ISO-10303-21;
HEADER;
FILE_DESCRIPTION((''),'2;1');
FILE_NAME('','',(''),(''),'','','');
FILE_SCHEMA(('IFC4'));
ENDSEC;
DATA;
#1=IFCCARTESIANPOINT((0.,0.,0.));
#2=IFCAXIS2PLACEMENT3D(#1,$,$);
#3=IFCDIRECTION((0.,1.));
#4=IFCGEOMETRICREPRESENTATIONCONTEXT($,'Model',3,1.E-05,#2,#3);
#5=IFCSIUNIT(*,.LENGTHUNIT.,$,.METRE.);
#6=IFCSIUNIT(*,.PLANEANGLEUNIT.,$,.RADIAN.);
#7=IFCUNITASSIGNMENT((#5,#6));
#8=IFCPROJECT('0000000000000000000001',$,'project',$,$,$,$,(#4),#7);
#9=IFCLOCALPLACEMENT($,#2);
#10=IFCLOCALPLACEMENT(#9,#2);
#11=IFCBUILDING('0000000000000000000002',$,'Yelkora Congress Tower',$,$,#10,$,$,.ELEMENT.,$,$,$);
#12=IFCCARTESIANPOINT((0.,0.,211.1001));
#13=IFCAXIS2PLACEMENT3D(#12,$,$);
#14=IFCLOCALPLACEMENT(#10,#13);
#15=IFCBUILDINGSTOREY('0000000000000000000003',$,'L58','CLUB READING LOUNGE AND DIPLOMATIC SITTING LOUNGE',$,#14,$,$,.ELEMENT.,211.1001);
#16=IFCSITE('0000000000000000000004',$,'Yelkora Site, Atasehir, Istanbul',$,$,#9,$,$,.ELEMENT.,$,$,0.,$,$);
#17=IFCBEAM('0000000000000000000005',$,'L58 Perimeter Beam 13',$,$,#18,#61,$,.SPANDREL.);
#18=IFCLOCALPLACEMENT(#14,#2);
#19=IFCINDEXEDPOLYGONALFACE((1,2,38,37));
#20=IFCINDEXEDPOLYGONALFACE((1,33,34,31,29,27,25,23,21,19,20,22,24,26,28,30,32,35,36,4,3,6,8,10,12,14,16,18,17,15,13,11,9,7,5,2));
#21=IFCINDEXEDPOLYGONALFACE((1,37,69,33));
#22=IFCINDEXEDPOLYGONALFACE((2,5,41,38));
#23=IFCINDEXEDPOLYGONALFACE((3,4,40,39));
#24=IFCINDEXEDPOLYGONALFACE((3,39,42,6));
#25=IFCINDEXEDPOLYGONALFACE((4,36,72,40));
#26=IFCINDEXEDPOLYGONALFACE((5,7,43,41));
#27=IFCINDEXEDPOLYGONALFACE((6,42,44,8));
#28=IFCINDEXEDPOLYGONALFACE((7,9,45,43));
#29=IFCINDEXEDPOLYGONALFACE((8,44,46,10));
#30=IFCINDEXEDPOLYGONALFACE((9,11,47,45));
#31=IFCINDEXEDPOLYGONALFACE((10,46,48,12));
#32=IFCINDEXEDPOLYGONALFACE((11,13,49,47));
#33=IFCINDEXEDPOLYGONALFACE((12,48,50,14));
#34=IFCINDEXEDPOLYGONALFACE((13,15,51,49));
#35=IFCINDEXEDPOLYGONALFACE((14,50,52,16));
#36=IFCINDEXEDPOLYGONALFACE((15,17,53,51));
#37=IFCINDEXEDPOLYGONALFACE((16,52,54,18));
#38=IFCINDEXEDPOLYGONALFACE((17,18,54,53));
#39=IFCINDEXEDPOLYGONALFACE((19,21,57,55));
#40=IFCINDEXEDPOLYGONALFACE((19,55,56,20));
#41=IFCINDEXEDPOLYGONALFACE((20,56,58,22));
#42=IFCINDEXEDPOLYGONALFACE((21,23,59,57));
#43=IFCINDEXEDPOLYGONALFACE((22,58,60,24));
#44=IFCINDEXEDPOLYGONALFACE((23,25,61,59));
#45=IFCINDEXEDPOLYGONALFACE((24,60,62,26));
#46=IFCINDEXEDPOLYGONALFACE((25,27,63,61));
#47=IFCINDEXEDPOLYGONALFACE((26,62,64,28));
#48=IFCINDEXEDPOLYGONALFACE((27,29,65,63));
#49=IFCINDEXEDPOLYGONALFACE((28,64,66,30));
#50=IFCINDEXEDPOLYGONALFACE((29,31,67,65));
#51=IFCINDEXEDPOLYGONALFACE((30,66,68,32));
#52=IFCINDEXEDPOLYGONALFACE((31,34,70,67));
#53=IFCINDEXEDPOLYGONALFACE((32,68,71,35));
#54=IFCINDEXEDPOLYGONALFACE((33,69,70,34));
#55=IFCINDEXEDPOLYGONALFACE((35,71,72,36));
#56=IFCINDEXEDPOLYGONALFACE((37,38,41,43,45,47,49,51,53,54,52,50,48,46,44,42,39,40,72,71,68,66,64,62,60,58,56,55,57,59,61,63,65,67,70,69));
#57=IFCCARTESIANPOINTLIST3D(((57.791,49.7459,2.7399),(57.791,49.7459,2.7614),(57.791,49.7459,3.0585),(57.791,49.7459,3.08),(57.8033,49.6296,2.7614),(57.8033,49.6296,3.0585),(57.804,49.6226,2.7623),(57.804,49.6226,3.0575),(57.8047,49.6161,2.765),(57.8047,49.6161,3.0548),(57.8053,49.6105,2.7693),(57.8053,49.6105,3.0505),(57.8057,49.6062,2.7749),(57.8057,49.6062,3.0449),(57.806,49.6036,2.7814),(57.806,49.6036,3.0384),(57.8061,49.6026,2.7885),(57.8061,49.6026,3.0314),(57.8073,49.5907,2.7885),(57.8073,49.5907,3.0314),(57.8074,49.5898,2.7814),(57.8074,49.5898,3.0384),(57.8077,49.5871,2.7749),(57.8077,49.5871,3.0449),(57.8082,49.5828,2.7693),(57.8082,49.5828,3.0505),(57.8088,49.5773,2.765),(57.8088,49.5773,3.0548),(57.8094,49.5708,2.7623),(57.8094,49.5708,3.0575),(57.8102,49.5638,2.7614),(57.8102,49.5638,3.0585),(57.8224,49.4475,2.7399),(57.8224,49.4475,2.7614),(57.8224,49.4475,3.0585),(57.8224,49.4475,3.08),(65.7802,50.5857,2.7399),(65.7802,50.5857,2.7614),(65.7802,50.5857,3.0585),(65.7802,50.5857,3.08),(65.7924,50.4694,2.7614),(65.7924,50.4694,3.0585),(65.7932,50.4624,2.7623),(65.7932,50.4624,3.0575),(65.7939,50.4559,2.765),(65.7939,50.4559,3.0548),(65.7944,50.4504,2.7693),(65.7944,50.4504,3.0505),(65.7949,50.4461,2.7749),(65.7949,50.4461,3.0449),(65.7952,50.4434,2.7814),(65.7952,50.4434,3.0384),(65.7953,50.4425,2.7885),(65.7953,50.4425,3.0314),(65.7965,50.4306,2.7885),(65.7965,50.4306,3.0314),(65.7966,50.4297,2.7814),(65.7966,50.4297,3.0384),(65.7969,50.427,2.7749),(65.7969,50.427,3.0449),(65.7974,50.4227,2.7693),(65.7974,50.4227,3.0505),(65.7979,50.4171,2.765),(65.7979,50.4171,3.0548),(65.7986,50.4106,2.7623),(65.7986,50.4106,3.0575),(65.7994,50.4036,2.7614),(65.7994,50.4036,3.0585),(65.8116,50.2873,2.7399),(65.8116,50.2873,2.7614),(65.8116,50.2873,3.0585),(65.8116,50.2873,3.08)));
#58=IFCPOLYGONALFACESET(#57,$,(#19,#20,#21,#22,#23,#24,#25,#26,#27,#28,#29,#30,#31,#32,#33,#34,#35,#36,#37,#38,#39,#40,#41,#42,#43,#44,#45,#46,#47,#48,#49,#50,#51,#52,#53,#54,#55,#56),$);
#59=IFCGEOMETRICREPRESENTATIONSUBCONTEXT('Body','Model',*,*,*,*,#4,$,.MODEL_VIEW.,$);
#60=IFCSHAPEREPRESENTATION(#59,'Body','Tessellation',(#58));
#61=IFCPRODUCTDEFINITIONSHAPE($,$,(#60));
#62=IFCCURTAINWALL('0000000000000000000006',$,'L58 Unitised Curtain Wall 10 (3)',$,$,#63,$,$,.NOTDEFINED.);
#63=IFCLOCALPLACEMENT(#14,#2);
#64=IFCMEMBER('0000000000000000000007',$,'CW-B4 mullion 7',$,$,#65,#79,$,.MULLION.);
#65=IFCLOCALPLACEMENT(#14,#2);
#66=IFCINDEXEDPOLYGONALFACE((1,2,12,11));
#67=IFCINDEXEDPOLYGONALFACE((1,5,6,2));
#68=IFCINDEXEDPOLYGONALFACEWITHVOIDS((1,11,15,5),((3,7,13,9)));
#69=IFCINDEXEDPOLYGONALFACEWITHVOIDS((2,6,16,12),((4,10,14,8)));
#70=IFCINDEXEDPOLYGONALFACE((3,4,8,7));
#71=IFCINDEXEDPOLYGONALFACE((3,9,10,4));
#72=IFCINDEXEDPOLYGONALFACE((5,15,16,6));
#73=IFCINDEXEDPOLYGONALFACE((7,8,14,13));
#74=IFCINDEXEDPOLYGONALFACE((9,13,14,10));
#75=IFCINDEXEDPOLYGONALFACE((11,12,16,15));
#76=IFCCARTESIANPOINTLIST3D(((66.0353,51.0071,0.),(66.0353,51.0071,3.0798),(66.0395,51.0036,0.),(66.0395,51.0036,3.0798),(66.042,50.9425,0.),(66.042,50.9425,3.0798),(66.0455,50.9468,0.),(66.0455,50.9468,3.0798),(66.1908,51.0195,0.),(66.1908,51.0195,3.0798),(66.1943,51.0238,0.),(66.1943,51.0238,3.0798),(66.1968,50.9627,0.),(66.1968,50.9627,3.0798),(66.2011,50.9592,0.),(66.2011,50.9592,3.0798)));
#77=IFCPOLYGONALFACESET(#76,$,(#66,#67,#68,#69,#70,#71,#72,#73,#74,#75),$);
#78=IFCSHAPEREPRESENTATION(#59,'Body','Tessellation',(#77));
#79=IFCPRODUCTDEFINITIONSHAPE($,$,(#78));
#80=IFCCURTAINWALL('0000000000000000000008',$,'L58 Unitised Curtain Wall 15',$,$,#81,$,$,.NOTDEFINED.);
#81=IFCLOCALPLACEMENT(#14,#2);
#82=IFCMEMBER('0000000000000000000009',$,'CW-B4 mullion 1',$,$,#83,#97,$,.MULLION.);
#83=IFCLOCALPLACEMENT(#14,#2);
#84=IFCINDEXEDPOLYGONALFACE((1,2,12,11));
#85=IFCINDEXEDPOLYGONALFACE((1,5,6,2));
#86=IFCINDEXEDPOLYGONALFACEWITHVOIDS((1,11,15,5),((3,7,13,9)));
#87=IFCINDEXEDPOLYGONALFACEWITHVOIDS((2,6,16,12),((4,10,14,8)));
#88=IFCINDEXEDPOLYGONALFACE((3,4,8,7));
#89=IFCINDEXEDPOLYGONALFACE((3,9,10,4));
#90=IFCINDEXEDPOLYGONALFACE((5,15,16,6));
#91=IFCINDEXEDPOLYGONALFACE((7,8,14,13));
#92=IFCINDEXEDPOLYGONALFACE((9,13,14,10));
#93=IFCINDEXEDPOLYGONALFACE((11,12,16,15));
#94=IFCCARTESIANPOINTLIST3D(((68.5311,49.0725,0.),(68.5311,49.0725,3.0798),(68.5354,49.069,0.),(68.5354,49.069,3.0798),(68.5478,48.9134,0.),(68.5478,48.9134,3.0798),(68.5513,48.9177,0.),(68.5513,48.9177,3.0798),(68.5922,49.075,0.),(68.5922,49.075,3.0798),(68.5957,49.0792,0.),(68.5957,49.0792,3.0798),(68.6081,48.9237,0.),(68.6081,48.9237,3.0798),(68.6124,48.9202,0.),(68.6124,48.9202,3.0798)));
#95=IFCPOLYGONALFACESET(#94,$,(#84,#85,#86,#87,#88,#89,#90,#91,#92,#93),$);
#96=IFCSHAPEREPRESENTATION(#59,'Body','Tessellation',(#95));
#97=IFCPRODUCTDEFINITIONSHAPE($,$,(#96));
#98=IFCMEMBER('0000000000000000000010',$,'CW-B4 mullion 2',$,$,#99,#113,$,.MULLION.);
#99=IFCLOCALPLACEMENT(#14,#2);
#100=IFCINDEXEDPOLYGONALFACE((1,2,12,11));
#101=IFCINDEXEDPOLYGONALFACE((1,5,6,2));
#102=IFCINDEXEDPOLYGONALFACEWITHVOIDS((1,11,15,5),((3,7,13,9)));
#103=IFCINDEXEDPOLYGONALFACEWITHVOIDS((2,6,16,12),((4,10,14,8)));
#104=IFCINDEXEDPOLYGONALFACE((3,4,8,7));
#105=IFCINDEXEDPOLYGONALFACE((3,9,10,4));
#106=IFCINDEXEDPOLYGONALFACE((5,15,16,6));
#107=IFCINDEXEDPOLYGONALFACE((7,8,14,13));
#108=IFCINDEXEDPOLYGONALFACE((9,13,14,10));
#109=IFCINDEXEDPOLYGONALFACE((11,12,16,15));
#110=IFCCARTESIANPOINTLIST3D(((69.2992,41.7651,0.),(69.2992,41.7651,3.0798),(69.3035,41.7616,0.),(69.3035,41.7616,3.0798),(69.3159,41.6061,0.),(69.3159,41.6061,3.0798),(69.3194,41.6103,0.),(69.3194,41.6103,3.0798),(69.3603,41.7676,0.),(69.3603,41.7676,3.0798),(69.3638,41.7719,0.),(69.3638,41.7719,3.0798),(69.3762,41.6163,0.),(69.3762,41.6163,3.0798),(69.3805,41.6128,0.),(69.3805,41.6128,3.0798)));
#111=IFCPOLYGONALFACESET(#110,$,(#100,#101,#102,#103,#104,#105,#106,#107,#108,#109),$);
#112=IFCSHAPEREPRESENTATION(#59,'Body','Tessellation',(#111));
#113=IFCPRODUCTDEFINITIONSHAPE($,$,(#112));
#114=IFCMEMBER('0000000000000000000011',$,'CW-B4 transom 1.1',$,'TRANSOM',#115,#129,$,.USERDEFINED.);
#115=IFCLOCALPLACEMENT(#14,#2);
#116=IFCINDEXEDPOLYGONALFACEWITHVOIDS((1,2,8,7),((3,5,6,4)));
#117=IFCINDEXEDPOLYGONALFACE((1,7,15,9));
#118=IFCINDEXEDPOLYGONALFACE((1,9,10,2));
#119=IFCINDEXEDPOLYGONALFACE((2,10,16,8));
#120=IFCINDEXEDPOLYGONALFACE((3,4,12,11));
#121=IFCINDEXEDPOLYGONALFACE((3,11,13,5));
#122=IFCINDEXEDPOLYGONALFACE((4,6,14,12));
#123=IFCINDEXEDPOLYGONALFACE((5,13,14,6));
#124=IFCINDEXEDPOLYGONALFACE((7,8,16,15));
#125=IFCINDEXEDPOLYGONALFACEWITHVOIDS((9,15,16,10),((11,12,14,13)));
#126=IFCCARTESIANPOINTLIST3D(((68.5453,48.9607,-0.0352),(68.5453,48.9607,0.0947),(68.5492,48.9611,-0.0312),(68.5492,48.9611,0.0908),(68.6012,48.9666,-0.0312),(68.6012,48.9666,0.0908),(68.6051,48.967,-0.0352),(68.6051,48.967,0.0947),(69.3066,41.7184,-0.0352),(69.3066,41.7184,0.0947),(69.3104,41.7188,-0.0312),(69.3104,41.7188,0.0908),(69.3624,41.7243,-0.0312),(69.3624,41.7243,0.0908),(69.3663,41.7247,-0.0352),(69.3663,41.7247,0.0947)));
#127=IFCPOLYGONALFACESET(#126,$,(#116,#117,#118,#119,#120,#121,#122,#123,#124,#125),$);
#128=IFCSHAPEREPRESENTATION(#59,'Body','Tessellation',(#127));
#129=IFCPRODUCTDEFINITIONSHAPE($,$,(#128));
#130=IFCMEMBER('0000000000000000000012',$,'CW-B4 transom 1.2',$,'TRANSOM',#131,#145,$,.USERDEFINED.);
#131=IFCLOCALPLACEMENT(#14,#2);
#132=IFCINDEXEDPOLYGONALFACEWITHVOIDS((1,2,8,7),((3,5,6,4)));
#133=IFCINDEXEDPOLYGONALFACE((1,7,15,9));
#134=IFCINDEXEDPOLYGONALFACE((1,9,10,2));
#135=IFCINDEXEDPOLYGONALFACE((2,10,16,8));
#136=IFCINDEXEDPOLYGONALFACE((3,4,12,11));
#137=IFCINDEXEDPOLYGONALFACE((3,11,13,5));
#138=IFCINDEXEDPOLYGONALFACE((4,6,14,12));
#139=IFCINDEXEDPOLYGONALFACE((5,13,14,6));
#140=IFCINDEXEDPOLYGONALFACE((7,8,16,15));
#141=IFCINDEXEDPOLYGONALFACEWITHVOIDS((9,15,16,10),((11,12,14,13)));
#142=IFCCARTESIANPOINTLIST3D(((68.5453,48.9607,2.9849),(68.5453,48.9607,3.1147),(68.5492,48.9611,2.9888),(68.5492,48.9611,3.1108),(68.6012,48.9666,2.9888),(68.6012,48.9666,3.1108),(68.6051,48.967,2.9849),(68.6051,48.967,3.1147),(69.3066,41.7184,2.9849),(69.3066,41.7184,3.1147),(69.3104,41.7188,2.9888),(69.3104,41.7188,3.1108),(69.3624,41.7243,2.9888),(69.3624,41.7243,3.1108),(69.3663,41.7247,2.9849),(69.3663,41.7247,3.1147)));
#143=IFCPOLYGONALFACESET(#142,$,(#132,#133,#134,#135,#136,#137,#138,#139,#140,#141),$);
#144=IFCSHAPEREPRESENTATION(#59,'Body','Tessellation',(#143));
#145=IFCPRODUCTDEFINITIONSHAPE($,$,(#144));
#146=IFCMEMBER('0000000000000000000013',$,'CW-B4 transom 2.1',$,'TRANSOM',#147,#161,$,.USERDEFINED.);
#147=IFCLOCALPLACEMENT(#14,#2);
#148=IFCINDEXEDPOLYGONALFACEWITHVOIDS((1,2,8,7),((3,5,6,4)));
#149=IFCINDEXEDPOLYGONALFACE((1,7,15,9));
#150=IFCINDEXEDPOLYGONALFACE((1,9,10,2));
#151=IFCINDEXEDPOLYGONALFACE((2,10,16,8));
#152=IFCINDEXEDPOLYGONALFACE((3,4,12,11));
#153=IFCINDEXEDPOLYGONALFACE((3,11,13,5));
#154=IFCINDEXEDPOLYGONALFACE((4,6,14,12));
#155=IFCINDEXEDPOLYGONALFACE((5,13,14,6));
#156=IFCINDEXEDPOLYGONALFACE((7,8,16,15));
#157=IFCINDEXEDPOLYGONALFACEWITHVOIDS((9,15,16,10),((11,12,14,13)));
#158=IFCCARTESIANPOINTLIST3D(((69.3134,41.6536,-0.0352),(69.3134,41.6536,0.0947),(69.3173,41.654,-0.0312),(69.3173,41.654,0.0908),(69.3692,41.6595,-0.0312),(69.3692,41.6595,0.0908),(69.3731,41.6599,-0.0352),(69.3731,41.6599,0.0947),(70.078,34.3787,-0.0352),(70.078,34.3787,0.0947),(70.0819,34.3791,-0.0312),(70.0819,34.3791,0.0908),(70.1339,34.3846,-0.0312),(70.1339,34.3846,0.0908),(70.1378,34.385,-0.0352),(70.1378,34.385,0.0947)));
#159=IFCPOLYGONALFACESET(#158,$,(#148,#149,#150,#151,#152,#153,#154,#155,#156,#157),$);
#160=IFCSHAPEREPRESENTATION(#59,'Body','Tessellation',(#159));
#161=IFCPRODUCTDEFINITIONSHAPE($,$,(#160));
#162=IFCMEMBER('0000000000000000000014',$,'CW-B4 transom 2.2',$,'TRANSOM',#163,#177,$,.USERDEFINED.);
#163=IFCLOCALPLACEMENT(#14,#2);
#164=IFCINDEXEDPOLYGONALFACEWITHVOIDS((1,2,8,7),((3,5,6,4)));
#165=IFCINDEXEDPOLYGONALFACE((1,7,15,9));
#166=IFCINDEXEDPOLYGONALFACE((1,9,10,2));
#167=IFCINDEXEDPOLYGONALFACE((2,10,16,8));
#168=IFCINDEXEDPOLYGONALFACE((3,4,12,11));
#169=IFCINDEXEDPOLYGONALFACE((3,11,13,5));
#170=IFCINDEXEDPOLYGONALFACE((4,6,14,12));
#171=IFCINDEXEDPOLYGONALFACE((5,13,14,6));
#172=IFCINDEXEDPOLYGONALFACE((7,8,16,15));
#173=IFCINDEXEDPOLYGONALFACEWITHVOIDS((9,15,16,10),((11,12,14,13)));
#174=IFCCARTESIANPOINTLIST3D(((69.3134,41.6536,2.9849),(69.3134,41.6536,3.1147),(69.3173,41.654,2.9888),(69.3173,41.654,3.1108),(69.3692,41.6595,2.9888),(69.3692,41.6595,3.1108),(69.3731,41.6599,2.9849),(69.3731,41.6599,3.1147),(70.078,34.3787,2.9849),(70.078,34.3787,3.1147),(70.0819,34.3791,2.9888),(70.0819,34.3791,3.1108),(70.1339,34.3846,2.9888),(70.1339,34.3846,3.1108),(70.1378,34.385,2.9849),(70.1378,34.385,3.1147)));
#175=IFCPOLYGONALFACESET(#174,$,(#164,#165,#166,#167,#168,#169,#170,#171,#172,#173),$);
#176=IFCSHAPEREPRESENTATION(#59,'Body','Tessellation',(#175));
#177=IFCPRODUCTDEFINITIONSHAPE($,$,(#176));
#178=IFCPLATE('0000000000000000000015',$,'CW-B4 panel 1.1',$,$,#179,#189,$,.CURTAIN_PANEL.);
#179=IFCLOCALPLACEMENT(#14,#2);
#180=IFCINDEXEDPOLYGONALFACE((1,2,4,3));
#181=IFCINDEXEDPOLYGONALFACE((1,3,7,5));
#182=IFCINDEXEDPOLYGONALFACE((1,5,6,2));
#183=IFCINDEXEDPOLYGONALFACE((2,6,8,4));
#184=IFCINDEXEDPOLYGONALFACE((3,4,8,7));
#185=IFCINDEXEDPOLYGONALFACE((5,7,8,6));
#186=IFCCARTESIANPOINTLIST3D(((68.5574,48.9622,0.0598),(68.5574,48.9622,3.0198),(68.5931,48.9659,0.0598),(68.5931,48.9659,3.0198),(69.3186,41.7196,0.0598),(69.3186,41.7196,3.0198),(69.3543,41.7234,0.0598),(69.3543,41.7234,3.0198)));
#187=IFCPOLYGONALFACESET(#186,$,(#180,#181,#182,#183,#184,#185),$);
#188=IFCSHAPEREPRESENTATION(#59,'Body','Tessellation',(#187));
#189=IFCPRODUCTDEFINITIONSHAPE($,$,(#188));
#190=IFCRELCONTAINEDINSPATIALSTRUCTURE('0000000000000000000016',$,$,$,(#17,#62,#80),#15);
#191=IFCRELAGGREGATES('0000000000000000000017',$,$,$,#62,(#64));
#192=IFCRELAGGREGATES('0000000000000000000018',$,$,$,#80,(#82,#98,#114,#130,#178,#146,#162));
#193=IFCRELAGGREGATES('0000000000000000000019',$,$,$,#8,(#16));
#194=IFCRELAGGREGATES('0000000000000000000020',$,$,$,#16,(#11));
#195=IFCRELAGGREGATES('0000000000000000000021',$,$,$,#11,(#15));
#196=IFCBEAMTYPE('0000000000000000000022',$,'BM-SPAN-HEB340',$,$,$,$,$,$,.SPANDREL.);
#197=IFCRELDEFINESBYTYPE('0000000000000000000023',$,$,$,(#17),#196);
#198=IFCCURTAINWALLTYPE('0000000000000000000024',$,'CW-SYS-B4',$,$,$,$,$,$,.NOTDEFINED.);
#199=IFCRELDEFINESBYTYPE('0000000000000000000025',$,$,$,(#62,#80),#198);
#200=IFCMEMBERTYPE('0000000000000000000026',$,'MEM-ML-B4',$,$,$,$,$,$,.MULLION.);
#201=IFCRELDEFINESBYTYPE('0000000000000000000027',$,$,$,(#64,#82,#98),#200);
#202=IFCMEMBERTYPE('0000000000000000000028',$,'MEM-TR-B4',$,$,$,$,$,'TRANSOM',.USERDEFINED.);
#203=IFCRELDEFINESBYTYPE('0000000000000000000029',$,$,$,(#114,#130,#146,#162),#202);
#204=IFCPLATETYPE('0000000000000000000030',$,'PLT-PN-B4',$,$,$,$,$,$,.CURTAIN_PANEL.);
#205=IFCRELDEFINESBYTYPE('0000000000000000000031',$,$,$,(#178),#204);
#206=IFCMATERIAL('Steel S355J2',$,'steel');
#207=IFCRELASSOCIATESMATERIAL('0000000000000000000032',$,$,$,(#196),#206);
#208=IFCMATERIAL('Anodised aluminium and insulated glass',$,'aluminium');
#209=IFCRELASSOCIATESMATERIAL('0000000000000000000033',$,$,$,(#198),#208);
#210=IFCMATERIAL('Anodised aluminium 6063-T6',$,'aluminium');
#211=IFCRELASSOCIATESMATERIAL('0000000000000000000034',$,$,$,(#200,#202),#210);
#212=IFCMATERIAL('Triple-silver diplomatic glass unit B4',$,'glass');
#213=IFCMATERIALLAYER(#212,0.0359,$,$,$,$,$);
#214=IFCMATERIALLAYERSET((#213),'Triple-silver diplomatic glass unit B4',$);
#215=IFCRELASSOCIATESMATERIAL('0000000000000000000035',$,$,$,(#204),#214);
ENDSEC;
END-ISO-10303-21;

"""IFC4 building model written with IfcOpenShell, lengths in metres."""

from ifc_helpers import new_model, si_unit, direction, frame, origin, origin_2d, place, context, subcontext, project, spatial, rectangle, hollow_rectangle, i_section, extrude, material, layer, layer_set, material_profile, profile_set, type_object, element, aggregate, save


model = new_model("IFC4")

# Units and contexts
model_context = context("Model", 3, precision=1e-05, world=origin(), true_north=direction((0.0, 1.0)))
body_context = subcontext(model_context, "Body", "Model", "MODEL_VIEW")
ifc_project = project(units=[si_unit("LENGTHUNIT", "METRE"), si_unit("PLANEANGLEUNIT", "RADIAN")], contexts=[model_context])

# Site, building, storey
site_placement = place(None, origin())
site = spatial("IfcSite", under=ifc_project, at=site_placement, Name="Yelkora Site, Atasehir, Istanbul", CompositionType="ELEMENT", RefElevation=0.0)
building_placement = place(site_placement, origin())
building = spatial("IfcBuilding", under=site, at=building_placement, Name="Yelkora Congress Tower", CompositionType="ELEMENT")
storey_placement = place(building_placement, frame((0.0, 0.0, 211.1001)))
storey = spatial("IfcBuildingStorey", under=building, at=storey_placement, Name="L58", Description="CLUB READING LOUNGE AND DIPLOMATIC SITTING LOUNGE", CompositionType="ELEMENT", Elevation=211.1001)

# Shared definitions
ifc_material_1 = material(Name="Steel S355J2", Category="steel")

# Beam
ifc_material_profile_1 = material_profile(ifc_material_1, i_section(OverallWidth=0.3, OverallDepth=0.3401, WebThickness=0.012, FlangeThickness=0.0215, FilletRadius=0.0271, at=origin_2d()), Name="HEB 340")
ifc_profile_set_1 = profile_set([ifc_material_profile_1], Name="Steel S355J2")
beam_type_1 = type_object("IfcBeamType", Name="BM-SPAN-HEB340", PredefinedType="SPANDREL", material=ifc_profile_set_1)
beam_1_placement = place(storey_placement, frame((65.7959, 50.4365, 2.9099), z_axis=(-0.99452, -0.104546, 0.0), x_axis=(0.104546, -0.99452, 0.0)))
element("IfcBeam", 1, at=beam_1_placement, inside=storey, type_object=beam_type_1, Name="L58 Perimeter Beam 13", PredefinedType="SPANDREL", context=body_context, shape_type="SweptSolid", body=[
    extrude(i_section(OverallWidth=0.3, OverallDepth=0.3401, WebThickness=0.012, FlangeThickness=0.0215, FilletRadius=0.0271, at=origin_2d()), origin(), (0.0, 0.0, 1.0), 8.0332),
])

# Curtain wall, member
ifc_material_2 = material(Name="Anodised aluminium and insulated glass", Category="aluminium")
curtain_wall_type = type_object("IfcCurtainWallType", Name="CW-SYS-B4", PredefinedType="NOTDEFINED", material=ifc_material_2)
curtain_wall_1_placement = place(storey_placement, origin())
curtain_wall_1 = element("IfcCurtainWall", 2, at=curtain_wall_1_placement, inside=storey, type_object=curtain_wall_type, Name="L58 Unitised Curtain Wall 10 (3)", PredefinedType="NOTDEFINED")
ifc_material_3 = material(Name="Anodised aluminium 6063-T6", Category="aluminium")
ifc_material_profile_2 = material_profile(ifc_material_3, hollow_rectangle(XDim=0.0649, YDim=0.1599, WallThickness=0.0039, at=origin_2d()), Name="ALU 65x160x4")
ifc_profile_set_2 = profile_set([ifc_material_profile_2], Name="Anodised aluminium 6063-T6")
member_type_1 = type_object("IfcMemberType", Name="MEM-ML-B4", PredefinedType="MULLION", material=ifc_profile_set_2)
member_1_placement = place(storey_placement, frame((66.1182, 50.9832, 0.0), z_axis=(0.0, 0.0, 1.0), x_axis=(-0.104528, 0.994522, 0.0)))
member_1 = element("IfcMember", 3, at=member_1_placement, type_object=member_type_1, Name="CW-B4 mullion 7", PredefinedType="MULLION", context=body_context, shape_type="SweptSolid", body=[
    extrude(hollow_rectangle(XDim=0.0649, YDim=0.1599, WallThickness=0.0039, at=origin_2d()), origin(), (0.0, 0.0, 1.0), 3.0798),
])
aggregate(curtain_wall_1, [member_1])

# Curtain wall, members, plate
curtain_wall_2_placement = place(storey_placement, origin())
curtain_wall_2 = element("IfcCurtainWall", 4, at=curtain_wall_2_placement, inside=storey, type_object=curtain_wall_type, Name="L58 Unitised Curtain Wall 15", PredefinedType="NOTDEFINED")
member_2_placement = place(storey_placement, frame((68.5718, 48.9963, 0.0), z_axis=(0.0, 0.0, 1.0), x_axis=(0.994522, 0.104526, 0.0)))
member_2 = element("IfcMember", 5, at=member_2_placement, type_object=member_type_1, Name="CW-B4 mullion 1", PredefinedType="MULLION", context=body_context, shape_type="SweptSolid", body=[
    extrude(hollow_rectangle(XDim=0.0649, YDim=0.1599, WallThickness=0.0039, at=origin_2d()), origin(), (0.0, 0.0, 1.0), 3.0798),
])
member_3_placement = place(storey_placement, frame((69.3398, 41.689, 0.0), z_axis=(0.0, 0.0, 1.0), x_axis=(0.994522, 0.104526, 0.0)))
member_3 = element("IfcMember", 6, at=member_3_placement, type_object=member_type_1, Name="CW-B4 mullion 2", PredefinedType="MULLION", context=body_context, shape_type="SweptSolid", body=[
    extrude(hollow_rectangle(XDim=0.0649, YDim=0.1599, WallThickness=0.0039, at=origin_2d()), origin(), (0.0, 0.0, 1.0), 3.0798),
])
ifc_material_profile_3 = material_profile(ifc_material_3, hollow_rectangle(XDim=0.0601, YDim=0.1299, WallThickness=0.0039, at=origin_2d()), Name="ALU 60x130x4")
ifc_profile_set_3 = profile_set([ifc_material_profile_3], Name="Anodised aluminium 6063-T6")
member_type_2 = type_object("IfcMemberType", Name="MEM-TR-B4", ElementType="TRANSOM", PredefinedType="USERDEFINED", material=ifc_profile_set_3)
member_4_placement = place(storey_placement, frame((68.5752, 48.9639, 0.0298), z_axis=(0.104531, -0.994522, 0.0), x_axis=(0.994522, 0.104531, 0.0)))
member_4 = element("IfcMember", 7, at=member_4_placement, type_object=member_type_2, Name="CW-B4 transom 1.1", ObjectType="TRANSOM", PredefinedType="USERDEFINED", context=body_context, shape_type="SweptSolid", body=[
    extrude(hollow_rectangle(XDim=0.0601, YDim=0.1299, WallThickness=0.0039, at=origin_2d()), origin(), (0.0, 0.0, 1.0), 7.2822),
])
member_5_placement = place(storey_placement, frame((68.5752, 48.9639, 3.0498), z_axis=(0.104531, -0.994522, 0.0), x_axis=(0.994522, 0.104531, 0.0)))
member_5 = element("IfcMember", 8, at=member_5_placement, type_object=member_type_2, Name="CW-B4 transom 1.2", ObjectType="TRANSOM", PredefinedType="USERDEFINED", context=body_context, shape_type="SweptSolid", body=[
    extrude(hollow_rectangle(XDim=0.0601, YDim=0.1299, WallThickness=0.0039, at=origin_2d()), origin(), (0.0, 0.0, 1.0), 7.2822),
])
member_6_placement = place(storey_placement, frame((69.3433, 41.6567, 0.0298), z_axis=(0.104532, -0.994522, 0.0), x_axis=(0.994522, 0.104532, 0.0)))
member_6 = element("IfcMember", 9, at=member_6_placement, type_object=member_type_2, Name="CW-B4 transom 2.1", ObjectType="TRANSOM", PredefinedType="USERDEFINED", context=body_context, shape_type="SweptSolid", body=[
    extrude(hollow_rectangle(XDim=0.0601, YDim=0.1299, WallThickness=0.0039, at=origin_2d()), origin(), (0.0, 0.0, 1.0), 7.3149),
])
member_7_placement = place(storey_placement, frame((69.3433, 41.6567, 3.0498), z_axis=(0.104532, -0.994522, 0.0), x_axis=(0.994522, 0.104532, 0.0)))
member_7 = element("IfcMember", 10, at=member_7_placement, type_object=member_type_2, Name="CW-B4 transom 2.2", ObjectType="TRANSOM", PredefinedType="USERDEFINED", context=body_context, shape_type="SweptSolid", body=[
    extrude(hollow_rectangle(XDim=0.0601, YDim=0.1299, WallThickness=0.0039, at=origin_2d()), origin(), (0.0, 0.0, 1.0), 7.3149),
])
ifc_material_4 = material(Name="Triple-silver diplomatic glass unit B4", Category="glass")
ifc_layer_1 = layer(ifc_material_4, 0.0359)
ifc_layer_set_1 = layer_set([ifc_layer_1], Name="Triple-silver diplomatic glass unit B4")
plate_type = type_object("IfcPlateType", Name="PLT-PN-B4", PredefinedType="CURTAIN_PANEL", material=ifc_layer_set_1)
plate_1_placement = place(storey_placement, frame((68.9558, 45.3428, 0.0598), z_axis=(0.0, 0.0, 1.0), x_axis=(0.104526, -0.994522, 0.0)))
plate_1 = element("IfcPlate", 11, at=plate_1_placement, type_object=plate_type, Name="CW-B4 panel 1.1", PredefinedType="CURTAIN_PANEL", context=body_context, shape_type="SweptSolid", body=[
    extrude(rectangle(XDim=7.2825, YDim=0.0359, at=origin_2d()), origin(), (0.0, 0.0, 1.0), 2.96),
])
aggregate(curtain_wall_2, [member_2, member_3, member_4, member_5, plate_1, member_6, member_7])

save(model, "model.ifc")
